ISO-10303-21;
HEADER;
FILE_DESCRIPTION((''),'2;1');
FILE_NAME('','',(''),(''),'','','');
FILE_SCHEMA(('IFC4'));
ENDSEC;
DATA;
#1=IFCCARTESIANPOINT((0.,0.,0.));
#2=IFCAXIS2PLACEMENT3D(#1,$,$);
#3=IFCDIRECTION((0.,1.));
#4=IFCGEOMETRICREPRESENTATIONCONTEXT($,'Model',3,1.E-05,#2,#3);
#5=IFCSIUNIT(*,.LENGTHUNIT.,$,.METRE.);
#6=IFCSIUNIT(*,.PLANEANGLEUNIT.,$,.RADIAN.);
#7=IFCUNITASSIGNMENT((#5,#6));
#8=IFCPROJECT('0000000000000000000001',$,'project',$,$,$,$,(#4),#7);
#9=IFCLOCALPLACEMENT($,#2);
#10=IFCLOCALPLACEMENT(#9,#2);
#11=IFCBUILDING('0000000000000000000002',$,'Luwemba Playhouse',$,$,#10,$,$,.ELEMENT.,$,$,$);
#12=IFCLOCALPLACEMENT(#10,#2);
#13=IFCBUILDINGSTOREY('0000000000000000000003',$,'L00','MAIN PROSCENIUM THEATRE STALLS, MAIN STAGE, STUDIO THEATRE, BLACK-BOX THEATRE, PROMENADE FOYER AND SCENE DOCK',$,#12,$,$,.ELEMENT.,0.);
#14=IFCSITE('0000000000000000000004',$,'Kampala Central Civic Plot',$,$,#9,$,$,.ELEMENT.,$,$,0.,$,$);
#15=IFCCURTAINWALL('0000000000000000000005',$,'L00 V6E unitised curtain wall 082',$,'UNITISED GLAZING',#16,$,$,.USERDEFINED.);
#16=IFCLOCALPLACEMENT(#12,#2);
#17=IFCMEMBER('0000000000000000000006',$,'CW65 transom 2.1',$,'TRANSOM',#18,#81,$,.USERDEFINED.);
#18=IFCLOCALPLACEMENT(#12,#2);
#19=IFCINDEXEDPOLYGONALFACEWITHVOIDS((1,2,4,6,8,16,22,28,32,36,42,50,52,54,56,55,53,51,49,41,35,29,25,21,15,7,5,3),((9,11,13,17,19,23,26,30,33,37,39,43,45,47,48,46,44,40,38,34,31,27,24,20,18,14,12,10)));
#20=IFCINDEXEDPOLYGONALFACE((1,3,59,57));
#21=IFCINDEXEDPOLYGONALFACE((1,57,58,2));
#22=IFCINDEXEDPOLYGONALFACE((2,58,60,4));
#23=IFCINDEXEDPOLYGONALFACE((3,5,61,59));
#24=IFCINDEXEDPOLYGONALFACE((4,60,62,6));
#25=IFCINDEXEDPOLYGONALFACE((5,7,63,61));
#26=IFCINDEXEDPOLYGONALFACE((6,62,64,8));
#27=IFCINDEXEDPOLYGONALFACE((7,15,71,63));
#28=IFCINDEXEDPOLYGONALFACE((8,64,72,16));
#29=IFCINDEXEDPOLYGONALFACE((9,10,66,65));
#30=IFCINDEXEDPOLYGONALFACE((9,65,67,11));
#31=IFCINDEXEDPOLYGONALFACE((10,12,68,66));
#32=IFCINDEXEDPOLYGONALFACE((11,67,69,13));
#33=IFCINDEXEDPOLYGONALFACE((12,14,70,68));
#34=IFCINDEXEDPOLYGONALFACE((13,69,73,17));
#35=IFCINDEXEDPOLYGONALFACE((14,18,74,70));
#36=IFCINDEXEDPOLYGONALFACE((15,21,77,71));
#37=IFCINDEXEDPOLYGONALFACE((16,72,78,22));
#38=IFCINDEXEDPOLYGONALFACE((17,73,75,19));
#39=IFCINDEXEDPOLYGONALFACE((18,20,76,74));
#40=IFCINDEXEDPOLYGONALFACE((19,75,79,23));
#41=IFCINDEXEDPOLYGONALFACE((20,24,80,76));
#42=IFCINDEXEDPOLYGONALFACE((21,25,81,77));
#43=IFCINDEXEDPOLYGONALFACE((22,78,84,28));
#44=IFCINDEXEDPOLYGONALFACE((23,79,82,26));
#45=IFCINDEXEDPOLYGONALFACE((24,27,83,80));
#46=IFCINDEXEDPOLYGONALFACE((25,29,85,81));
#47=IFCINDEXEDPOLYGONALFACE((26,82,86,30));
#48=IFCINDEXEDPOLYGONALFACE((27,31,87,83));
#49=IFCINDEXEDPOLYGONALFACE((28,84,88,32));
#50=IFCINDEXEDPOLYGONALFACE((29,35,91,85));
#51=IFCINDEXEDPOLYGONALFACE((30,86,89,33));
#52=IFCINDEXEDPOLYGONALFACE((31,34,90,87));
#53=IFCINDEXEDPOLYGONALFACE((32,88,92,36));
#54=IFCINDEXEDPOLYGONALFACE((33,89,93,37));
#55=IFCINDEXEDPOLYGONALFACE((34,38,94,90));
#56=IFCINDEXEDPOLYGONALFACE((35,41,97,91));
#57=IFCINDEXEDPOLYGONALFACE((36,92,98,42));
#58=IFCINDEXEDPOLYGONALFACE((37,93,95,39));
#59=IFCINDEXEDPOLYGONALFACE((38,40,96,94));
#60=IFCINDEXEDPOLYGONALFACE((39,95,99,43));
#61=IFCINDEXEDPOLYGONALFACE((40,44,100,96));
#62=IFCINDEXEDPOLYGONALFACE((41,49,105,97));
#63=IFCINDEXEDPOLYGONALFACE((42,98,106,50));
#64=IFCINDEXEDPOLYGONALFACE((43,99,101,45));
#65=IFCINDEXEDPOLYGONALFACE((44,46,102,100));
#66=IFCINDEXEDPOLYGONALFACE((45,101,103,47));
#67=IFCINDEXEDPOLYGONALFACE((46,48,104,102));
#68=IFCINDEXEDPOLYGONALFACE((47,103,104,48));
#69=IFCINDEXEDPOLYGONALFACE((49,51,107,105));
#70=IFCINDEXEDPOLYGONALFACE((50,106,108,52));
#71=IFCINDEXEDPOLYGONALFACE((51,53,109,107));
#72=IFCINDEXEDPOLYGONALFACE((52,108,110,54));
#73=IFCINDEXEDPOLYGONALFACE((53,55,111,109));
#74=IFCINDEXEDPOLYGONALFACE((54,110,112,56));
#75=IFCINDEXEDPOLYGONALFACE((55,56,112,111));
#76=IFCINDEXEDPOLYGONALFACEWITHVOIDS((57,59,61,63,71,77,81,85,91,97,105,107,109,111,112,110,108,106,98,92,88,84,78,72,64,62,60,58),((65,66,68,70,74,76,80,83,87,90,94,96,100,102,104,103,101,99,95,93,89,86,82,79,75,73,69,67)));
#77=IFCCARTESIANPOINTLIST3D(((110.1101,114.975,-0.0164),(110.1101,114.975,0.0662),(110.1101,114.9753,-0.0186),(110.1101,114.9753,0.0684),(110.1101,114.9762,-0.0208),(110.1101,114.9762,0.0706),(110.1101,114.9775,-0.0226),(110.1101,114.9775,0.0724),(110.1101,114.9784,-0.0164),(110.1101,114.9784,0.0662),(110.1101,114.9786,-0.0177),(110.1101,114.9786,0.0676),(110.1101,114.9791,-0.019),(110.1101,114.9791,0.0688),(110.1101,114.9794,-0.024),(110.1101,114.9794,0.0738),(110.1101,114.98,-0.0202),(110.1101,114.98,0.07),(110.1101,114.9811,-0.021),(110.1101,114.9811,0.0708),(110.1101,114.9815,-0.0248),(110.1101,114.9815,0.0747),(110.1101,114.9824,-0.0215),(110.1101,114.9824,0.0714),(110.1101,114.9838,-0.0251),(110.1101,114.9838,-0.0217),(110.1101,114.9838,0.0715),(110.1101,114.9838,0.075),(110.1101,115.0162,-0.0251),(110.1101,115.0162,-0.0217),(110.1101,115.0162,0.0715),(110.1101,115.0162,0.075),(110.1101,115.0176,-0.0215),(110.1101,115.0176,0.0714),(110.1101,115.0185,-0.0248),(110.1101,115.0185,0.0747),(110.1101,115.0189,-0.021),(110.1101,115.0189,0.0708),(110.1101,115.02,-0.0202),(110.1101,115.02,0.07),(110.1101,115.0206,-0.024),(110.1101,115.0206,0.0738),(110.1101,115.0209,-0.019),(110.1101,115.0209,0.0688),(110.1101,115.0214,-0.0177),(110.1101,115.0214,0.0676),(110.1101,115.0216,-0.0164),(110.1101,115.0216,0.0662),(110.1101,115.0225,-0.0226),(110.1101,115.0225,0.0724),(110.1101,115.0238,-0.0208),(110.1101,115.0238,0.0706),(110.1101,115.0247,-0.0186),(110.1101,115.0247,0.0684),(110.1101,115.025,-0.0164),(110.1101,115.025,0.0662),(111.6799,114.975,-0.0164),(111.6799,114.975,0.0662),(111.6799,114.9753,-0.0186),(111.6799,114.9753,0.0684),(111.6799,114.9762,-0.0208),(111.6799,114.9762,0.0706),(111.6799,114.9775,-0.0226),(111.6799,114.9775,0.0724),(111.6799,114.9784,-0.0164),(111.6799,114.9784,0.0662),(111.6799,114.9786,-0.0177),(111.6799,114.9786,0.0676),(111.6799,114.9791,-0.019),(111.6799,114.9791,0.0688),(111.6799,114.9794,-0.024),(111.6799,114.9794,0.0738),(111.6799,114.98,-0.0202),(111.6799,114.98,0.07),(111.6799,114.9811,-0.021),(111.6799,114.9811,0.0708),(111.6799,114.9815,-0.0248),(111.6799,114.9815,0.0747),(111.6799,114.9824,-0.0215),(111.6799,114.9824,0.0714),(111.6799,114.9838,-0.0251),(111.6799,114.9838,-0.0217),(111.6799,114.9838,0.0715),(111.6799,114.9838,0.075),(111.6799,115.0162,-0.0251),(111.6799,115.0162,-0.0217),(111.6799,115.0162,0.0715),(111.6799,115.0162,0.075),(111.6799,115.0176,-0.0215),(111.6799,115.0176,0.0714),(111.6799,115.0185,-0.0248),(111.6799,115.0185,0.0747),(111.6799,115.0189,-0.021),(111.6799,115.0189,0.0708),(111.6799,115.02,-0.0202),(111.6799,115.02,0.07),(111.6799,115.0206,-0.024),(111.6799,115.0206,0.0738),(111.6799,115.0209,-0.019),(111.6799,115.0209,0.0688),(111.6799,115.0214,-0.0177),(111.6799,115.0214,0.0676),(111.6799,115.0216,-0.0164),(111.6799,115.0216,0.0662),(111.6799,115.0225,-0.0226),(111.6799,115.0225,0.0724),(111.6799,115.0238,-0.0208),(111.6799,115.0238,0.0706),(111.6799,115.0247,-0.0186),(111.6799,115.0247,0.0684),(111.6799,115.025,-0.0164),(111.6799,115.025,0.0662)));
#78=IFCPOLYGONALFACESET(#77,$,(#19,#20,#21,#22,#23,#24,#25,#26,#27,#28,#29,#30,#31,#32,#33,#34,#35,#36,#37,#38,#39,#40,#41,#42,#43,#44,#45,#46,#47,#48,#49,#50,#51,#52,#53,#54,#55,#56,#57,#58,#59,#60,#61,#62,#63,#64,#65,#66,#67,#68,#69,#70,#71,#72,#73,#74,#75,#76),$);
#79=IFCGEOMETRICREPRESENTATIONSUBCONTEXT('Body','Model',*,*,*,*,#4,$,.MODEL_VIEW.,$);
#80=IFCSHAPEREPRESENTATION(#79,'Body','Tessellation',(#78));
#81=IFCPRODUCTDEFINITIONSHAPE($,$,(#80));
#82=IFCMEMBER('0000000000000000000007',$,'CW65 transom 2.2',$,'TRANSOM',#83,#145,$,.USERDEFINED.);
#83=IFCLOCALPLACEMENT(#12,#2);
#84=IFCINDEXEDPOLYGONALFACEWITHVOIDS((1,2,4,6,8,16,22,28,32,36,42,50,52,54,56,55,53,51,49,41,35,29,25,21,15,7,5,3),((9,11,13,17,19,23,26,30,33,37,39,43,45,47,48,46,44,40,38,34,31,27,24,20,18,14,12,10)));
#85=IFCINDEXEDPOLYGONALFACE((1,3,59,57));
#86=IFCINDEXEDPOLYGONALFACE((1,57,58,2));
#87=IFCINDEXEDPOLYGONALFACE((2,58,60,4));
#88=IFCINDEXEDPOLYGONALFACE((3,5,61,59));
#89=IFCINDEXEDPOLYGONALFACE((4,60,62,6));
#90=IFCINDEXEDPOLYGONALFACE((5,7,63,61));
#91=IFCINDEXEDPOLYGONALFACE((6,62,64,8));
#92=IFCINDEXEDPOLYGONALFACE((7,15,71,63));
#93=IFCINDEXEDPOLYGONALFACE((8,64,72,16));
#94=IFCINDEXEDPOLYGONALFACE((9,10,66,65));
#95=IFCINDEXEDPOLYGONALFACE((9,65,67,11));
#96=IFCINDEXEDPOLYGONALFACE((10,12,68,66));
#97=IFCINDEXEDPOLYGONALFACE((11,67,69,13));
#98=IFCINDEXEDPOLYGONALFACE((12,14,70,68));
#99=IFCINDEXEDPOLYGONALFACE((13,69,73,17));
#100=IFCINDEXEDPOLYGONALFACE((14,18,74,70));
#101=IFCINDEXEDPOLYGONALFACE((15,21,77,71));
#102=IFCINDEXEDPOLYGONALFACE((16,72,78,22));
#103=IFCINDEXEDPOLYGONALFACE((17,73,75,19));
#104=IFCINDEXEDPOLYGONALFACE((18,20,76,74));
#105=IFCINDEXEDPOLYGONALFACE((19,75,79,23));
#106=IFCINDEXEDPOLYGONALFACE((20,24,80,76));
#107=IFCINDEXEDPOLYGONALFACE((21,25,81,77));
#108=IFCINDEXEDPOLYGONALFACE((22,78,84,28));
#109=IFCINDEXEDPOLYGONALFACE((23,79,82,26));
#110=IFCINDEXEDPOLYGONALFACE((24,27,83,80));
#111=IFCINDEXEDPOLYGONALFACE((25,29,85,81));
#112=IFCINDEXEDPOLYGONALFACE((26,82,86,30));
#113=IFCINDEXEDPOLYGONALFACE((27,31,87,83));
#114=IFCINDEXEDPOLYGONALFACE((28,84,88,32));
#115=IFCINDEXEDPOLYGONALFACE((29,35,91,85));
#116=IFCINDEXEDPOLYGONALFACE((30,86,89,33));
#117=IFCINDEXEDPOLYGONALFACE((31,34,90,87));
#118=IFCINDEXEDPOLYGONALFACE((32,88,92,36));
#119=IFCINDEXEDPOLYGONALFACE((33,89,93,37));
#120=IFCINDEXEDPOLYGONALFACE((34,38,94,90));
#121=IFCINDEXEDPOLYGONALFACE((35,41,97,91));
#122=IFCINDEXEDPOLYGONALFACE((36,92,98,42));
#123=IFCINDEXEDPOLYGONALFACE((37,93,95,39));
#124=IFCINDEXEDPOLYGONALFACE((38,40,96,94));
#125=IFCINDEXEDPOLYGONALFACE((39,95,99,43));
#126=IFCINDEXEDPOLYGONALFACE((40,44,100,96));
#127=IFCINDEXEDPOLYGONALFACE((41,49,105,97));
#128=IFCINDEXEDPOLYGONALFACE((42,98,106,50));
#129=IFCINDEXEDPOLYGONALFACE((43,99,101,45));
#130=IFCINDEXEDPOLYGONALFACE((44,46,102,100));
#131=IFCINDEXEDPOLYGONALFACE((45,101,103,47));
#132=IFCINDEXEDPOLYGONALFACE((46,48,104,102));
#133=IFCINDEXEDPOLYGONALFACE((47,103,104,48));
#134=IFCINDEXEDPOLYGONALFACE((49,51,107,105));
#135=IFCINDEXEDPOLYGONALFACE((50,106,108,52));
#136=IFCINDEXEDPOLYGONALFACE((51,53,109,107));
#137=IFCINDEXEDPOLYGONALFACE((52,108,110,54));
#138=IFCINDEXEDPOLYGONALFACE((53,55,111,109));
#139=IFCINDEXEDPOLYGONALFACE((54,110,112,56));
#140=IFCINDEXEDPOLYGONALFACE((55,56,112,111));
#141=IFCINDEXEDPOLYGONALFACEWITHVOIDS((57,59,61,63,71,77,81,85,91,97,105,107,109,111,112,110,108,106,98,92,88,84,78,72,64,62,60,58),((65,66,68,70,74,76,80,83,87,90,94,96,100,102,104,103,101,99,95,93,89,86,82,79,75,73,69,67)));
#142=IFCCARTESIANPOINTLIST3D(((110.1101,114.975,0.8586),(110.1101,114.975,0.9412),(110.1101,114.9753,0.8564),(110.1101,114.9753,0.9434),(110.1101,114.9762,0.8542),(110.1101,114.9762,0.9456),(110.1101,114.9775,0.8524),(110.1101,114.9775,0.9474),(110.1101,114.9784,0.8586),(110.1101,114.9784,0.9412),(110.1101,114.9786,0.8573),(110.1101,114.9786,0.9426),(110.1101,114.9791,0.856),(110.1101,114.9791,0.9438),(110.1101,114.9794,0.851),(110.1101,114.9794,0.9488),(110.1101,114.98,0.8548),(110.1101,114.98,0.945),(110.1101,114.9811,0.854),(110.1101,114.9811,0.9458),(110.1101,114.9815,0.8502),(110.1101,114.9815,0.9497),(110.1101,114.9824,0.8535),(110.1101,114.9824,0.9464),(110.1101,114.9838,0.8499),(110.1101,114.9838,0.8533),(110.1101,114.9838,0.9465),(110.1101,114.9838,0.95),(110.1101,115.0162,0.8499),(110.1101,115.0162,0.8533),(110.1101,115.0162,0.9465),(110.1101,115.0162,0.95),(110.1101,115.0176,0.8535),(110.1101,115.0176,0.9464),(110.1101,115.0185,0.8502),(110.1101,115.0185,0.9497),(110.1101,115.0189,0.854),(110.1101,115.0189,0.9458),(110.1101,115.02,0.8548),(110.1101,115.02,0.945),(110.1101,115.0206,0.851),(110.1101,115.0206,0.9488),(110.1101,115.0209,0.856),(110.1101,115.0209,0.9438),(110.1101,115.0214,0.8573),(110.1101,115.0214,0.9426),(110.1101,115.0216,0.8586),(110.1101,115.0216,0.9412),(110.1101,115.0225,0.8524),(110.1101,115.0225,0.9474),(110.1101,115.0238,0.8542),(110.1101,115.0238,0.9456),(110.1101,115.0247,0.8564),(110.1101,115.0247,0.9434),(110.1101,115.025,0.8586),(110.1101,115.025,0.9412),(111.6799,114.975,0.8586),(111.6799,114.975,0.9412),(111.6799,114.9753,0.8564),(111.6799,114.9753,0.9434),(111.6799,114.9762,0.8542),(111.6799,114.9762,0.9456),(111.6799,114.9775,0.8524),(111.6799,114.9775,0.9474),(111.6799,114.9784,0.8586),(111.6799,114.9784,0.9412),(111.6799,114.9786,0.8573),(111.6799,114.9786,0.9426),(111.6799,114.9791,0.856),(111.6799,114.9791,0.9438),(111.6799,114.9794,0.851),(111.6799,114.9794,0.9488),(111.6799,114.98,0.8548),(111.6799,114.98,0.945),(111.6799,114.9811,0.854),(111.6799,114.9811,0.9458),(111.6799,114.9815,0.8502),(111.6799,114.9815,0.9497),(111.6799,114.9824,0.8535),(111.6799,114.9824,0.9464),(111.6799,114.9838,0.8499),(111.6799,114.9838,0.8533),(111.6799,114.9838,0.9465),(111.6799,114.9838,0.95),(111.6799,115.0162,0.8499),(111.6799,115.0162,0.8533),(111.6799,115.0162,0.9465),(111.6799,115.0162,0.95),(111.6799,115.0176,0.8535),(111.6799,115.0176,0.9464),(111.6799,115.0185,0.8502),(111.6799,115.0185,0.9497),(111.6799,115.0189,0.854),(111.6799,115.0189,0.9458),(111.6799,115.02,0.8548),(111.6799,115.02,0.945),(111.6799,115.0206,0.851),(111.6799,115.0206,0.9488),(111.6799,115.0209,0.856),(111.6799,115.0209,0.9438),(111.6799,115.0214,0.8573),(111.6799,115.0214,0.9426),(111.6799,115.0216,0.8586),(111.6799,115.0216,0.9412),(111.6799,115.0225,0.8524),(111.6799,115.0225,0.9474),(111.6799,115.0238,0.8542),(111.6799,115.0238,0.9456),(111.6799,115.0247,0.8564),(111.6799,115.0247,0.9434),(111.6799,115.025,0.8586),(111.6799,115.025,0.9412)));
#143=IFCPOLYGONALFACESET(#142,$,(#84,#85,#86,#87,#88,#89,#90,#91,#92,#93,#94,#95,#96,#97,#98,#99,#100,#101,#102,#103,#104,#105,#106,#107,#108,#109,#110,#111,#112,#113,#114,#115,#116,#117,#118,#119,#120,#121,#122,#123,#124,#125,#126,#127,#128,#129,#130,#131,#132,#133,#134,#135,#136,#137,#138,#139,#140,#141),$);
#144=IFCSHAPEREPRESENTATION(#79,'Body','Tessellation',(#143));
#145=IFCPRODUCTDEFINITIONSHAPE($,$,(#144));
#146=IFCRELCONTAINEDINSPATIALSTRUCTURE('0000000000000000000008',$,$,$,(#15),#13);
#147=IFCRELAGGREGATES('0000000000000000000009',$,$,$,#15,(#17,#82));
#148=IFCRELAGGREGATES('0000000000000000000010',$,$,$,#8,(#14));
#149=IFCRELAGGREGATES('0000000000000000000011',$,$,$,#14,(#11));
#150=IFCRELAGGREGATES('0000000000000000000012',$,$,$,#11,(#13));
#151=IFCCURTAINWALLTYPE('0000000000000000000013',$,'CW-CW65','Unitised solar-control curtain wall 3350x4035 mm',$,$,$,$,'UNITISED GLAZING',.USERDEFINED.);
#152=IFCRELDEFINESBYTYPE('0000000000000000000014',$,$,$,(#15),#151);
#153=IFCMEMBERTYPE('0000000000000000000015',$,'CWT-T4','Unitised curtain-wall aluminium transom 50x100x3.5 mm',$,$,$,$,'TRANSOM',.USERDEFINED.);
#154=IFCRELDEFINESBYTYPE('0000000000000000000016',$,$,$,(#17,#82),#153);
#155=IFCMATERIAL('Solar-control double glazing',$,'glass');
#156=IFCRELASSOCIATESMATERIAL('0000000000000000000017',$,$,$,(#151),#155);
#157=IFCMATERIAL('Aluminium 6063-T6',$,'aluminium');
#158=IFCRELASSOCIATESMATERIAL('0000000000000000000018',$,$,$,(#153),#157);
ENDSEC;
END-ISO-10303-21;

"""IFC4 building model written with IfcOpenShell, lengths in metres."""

from ifc_helpers import new_model, si_unit, direction, frame, origin, origin_2d, place, context, subcontext, project, spatial, hollow_rectangle, extrude, material, material_profile, profile_set, type_object, element, aggregate, save


model = new_model("IFC4")

# Units and contexts
model_context = context("Model", 3, precision=1e-05, world=origin(), true_north=direction((0.0, 1.0)))
body_context = subcontext(model_context, "Body", "Model", "MODEL_VIEW")
ifc_project = project(units=[si_unit("LENGTHUNIT", "METRE"), si_unit("PLANEANGLEUNIT", "RADIAN")], contexts=[model_context])

# Site, building, storey
site_placement = place(None, origin())
site = spatial("IfcSite", under=ifc_project, at=site_placement, Name="Kampala Central Civic Plot", CompositionType="ELEMENT", RefElevation=0.0)
building_placement = place(site_placement, origin())
building = spatial("IfcBuilding", under=site, at=building_placement, Name="Luwemba Playhouse", CompositionType="ELEMENT")
storey_placement = place(building_placement, origin())
storey = spatial("IfcBuildingStorey", under=building, at=storey_placement, Name="L00", Description="MAIN PROSCENIUM THEATRE STALLS, MAIN STAGE, STUDIO THEATRE, BLACK-BOX THEATRE, PROMENADE FOYER AND SCENE DOCK", CompositionType="ELEMENT", Elevation=0.0)

# Curtain wall, members
ifc_material_1 = material(Name="Solar-control double glazing", Category="glass")
curtain_wall_type = type_object("IfcCurtainWallType", Name="CW-CW65", Description="Unitised solar-control curtain wall 3350x4035 mm", ElementType="UNITISED GLAZING", PredefinedType="USERDEFINED", material=ifc_material_1)
curtain_wall_placement = place(storey_placement, origin())
curtain_wall = element("IfcCurtainWall", 1, at=curtain_wall_placement, inside=storey, type_object=curtain_wall_type, Name="L00 V6E unitised curtain wall 082", ObjectType="UNITISED GLAZING", PredefinedType="USERDEFINED")
ifc_material_2 = material(Name="Aluminium 6063-T6", Category="aluminium")
ifc_material_profile_1 = material_profile(ifc_material_2, hollow_rectangle(XDim=0.05, YDim=0.1001, WallThickness=0.0034, InnerFilletRadius=0.0054, OuterFilletRadius=0.0088, at=origin_2d()))
ifc_profile_set_1 = profile_set([ifc_material_profile_1], Name="Aluminium 6063-T6")
member_type_1 = type_object("IfcMemberType", Name="CWT-T4", Description="Unitised curtain-wall aluminium transom 50x100x3.5 mm", ElementType="TRANSOM", PredefinedType="USERDEFINED", material=ifc_profile_set_1)
member_1_placement = place(storey_placement, frame((110.1101, 115.0, 0.0249), z_axis=(1.0, 0.0, 0.0), x_axis=(0.0, 1.0, 0.0)))
member_1 = element("IfcMember", 2, at=member_1_placement, type_object=member_type_1, Name="CW65 transom 2.1", ObjectType="TRANSOM", PredefinedType="USERDEFINED", context=body_context, shape_type="SweptSolid", body=[
    extrude(hollow_rectangle(XDim=0.05, YDim=0.1001, WallThickness=0.0034, InnerFilletRadius=0.0054, OuterFilletRadius=0.0088, at=origin_2d()), origin(), (0.0, 0.0, 1.0), 1.5698),
])
member_2_placement = place(storey_placement, frame((110.1101, 115.0, 0.8999), z_axis=(1.0, 0.0, 0.0), x_axis=(0.0, 1.0, 0.0)))
member_2 = element("IfcMember", 3, at=member_2_placement, type_object=member_type_1, Name="CW65 transom 2.2", ObjectType="TRANSOM", PredefinedType="USERDEFINED", context=body_context, shape_type="SweptSolid", body=[
    extrude(hollow_rectangle(XDim=0.05, YDim=0.1001, WallThickness=0.0034, InnerFilletRadius=0.0054, OuterFilletRadius=0.0088, at=origin_2d()), origin(), (0.0, 0.0, 1.0), 1.5698),
])
aggregate(curtain_wall, [member_1, member_2])

save(model, "model.ifc")
